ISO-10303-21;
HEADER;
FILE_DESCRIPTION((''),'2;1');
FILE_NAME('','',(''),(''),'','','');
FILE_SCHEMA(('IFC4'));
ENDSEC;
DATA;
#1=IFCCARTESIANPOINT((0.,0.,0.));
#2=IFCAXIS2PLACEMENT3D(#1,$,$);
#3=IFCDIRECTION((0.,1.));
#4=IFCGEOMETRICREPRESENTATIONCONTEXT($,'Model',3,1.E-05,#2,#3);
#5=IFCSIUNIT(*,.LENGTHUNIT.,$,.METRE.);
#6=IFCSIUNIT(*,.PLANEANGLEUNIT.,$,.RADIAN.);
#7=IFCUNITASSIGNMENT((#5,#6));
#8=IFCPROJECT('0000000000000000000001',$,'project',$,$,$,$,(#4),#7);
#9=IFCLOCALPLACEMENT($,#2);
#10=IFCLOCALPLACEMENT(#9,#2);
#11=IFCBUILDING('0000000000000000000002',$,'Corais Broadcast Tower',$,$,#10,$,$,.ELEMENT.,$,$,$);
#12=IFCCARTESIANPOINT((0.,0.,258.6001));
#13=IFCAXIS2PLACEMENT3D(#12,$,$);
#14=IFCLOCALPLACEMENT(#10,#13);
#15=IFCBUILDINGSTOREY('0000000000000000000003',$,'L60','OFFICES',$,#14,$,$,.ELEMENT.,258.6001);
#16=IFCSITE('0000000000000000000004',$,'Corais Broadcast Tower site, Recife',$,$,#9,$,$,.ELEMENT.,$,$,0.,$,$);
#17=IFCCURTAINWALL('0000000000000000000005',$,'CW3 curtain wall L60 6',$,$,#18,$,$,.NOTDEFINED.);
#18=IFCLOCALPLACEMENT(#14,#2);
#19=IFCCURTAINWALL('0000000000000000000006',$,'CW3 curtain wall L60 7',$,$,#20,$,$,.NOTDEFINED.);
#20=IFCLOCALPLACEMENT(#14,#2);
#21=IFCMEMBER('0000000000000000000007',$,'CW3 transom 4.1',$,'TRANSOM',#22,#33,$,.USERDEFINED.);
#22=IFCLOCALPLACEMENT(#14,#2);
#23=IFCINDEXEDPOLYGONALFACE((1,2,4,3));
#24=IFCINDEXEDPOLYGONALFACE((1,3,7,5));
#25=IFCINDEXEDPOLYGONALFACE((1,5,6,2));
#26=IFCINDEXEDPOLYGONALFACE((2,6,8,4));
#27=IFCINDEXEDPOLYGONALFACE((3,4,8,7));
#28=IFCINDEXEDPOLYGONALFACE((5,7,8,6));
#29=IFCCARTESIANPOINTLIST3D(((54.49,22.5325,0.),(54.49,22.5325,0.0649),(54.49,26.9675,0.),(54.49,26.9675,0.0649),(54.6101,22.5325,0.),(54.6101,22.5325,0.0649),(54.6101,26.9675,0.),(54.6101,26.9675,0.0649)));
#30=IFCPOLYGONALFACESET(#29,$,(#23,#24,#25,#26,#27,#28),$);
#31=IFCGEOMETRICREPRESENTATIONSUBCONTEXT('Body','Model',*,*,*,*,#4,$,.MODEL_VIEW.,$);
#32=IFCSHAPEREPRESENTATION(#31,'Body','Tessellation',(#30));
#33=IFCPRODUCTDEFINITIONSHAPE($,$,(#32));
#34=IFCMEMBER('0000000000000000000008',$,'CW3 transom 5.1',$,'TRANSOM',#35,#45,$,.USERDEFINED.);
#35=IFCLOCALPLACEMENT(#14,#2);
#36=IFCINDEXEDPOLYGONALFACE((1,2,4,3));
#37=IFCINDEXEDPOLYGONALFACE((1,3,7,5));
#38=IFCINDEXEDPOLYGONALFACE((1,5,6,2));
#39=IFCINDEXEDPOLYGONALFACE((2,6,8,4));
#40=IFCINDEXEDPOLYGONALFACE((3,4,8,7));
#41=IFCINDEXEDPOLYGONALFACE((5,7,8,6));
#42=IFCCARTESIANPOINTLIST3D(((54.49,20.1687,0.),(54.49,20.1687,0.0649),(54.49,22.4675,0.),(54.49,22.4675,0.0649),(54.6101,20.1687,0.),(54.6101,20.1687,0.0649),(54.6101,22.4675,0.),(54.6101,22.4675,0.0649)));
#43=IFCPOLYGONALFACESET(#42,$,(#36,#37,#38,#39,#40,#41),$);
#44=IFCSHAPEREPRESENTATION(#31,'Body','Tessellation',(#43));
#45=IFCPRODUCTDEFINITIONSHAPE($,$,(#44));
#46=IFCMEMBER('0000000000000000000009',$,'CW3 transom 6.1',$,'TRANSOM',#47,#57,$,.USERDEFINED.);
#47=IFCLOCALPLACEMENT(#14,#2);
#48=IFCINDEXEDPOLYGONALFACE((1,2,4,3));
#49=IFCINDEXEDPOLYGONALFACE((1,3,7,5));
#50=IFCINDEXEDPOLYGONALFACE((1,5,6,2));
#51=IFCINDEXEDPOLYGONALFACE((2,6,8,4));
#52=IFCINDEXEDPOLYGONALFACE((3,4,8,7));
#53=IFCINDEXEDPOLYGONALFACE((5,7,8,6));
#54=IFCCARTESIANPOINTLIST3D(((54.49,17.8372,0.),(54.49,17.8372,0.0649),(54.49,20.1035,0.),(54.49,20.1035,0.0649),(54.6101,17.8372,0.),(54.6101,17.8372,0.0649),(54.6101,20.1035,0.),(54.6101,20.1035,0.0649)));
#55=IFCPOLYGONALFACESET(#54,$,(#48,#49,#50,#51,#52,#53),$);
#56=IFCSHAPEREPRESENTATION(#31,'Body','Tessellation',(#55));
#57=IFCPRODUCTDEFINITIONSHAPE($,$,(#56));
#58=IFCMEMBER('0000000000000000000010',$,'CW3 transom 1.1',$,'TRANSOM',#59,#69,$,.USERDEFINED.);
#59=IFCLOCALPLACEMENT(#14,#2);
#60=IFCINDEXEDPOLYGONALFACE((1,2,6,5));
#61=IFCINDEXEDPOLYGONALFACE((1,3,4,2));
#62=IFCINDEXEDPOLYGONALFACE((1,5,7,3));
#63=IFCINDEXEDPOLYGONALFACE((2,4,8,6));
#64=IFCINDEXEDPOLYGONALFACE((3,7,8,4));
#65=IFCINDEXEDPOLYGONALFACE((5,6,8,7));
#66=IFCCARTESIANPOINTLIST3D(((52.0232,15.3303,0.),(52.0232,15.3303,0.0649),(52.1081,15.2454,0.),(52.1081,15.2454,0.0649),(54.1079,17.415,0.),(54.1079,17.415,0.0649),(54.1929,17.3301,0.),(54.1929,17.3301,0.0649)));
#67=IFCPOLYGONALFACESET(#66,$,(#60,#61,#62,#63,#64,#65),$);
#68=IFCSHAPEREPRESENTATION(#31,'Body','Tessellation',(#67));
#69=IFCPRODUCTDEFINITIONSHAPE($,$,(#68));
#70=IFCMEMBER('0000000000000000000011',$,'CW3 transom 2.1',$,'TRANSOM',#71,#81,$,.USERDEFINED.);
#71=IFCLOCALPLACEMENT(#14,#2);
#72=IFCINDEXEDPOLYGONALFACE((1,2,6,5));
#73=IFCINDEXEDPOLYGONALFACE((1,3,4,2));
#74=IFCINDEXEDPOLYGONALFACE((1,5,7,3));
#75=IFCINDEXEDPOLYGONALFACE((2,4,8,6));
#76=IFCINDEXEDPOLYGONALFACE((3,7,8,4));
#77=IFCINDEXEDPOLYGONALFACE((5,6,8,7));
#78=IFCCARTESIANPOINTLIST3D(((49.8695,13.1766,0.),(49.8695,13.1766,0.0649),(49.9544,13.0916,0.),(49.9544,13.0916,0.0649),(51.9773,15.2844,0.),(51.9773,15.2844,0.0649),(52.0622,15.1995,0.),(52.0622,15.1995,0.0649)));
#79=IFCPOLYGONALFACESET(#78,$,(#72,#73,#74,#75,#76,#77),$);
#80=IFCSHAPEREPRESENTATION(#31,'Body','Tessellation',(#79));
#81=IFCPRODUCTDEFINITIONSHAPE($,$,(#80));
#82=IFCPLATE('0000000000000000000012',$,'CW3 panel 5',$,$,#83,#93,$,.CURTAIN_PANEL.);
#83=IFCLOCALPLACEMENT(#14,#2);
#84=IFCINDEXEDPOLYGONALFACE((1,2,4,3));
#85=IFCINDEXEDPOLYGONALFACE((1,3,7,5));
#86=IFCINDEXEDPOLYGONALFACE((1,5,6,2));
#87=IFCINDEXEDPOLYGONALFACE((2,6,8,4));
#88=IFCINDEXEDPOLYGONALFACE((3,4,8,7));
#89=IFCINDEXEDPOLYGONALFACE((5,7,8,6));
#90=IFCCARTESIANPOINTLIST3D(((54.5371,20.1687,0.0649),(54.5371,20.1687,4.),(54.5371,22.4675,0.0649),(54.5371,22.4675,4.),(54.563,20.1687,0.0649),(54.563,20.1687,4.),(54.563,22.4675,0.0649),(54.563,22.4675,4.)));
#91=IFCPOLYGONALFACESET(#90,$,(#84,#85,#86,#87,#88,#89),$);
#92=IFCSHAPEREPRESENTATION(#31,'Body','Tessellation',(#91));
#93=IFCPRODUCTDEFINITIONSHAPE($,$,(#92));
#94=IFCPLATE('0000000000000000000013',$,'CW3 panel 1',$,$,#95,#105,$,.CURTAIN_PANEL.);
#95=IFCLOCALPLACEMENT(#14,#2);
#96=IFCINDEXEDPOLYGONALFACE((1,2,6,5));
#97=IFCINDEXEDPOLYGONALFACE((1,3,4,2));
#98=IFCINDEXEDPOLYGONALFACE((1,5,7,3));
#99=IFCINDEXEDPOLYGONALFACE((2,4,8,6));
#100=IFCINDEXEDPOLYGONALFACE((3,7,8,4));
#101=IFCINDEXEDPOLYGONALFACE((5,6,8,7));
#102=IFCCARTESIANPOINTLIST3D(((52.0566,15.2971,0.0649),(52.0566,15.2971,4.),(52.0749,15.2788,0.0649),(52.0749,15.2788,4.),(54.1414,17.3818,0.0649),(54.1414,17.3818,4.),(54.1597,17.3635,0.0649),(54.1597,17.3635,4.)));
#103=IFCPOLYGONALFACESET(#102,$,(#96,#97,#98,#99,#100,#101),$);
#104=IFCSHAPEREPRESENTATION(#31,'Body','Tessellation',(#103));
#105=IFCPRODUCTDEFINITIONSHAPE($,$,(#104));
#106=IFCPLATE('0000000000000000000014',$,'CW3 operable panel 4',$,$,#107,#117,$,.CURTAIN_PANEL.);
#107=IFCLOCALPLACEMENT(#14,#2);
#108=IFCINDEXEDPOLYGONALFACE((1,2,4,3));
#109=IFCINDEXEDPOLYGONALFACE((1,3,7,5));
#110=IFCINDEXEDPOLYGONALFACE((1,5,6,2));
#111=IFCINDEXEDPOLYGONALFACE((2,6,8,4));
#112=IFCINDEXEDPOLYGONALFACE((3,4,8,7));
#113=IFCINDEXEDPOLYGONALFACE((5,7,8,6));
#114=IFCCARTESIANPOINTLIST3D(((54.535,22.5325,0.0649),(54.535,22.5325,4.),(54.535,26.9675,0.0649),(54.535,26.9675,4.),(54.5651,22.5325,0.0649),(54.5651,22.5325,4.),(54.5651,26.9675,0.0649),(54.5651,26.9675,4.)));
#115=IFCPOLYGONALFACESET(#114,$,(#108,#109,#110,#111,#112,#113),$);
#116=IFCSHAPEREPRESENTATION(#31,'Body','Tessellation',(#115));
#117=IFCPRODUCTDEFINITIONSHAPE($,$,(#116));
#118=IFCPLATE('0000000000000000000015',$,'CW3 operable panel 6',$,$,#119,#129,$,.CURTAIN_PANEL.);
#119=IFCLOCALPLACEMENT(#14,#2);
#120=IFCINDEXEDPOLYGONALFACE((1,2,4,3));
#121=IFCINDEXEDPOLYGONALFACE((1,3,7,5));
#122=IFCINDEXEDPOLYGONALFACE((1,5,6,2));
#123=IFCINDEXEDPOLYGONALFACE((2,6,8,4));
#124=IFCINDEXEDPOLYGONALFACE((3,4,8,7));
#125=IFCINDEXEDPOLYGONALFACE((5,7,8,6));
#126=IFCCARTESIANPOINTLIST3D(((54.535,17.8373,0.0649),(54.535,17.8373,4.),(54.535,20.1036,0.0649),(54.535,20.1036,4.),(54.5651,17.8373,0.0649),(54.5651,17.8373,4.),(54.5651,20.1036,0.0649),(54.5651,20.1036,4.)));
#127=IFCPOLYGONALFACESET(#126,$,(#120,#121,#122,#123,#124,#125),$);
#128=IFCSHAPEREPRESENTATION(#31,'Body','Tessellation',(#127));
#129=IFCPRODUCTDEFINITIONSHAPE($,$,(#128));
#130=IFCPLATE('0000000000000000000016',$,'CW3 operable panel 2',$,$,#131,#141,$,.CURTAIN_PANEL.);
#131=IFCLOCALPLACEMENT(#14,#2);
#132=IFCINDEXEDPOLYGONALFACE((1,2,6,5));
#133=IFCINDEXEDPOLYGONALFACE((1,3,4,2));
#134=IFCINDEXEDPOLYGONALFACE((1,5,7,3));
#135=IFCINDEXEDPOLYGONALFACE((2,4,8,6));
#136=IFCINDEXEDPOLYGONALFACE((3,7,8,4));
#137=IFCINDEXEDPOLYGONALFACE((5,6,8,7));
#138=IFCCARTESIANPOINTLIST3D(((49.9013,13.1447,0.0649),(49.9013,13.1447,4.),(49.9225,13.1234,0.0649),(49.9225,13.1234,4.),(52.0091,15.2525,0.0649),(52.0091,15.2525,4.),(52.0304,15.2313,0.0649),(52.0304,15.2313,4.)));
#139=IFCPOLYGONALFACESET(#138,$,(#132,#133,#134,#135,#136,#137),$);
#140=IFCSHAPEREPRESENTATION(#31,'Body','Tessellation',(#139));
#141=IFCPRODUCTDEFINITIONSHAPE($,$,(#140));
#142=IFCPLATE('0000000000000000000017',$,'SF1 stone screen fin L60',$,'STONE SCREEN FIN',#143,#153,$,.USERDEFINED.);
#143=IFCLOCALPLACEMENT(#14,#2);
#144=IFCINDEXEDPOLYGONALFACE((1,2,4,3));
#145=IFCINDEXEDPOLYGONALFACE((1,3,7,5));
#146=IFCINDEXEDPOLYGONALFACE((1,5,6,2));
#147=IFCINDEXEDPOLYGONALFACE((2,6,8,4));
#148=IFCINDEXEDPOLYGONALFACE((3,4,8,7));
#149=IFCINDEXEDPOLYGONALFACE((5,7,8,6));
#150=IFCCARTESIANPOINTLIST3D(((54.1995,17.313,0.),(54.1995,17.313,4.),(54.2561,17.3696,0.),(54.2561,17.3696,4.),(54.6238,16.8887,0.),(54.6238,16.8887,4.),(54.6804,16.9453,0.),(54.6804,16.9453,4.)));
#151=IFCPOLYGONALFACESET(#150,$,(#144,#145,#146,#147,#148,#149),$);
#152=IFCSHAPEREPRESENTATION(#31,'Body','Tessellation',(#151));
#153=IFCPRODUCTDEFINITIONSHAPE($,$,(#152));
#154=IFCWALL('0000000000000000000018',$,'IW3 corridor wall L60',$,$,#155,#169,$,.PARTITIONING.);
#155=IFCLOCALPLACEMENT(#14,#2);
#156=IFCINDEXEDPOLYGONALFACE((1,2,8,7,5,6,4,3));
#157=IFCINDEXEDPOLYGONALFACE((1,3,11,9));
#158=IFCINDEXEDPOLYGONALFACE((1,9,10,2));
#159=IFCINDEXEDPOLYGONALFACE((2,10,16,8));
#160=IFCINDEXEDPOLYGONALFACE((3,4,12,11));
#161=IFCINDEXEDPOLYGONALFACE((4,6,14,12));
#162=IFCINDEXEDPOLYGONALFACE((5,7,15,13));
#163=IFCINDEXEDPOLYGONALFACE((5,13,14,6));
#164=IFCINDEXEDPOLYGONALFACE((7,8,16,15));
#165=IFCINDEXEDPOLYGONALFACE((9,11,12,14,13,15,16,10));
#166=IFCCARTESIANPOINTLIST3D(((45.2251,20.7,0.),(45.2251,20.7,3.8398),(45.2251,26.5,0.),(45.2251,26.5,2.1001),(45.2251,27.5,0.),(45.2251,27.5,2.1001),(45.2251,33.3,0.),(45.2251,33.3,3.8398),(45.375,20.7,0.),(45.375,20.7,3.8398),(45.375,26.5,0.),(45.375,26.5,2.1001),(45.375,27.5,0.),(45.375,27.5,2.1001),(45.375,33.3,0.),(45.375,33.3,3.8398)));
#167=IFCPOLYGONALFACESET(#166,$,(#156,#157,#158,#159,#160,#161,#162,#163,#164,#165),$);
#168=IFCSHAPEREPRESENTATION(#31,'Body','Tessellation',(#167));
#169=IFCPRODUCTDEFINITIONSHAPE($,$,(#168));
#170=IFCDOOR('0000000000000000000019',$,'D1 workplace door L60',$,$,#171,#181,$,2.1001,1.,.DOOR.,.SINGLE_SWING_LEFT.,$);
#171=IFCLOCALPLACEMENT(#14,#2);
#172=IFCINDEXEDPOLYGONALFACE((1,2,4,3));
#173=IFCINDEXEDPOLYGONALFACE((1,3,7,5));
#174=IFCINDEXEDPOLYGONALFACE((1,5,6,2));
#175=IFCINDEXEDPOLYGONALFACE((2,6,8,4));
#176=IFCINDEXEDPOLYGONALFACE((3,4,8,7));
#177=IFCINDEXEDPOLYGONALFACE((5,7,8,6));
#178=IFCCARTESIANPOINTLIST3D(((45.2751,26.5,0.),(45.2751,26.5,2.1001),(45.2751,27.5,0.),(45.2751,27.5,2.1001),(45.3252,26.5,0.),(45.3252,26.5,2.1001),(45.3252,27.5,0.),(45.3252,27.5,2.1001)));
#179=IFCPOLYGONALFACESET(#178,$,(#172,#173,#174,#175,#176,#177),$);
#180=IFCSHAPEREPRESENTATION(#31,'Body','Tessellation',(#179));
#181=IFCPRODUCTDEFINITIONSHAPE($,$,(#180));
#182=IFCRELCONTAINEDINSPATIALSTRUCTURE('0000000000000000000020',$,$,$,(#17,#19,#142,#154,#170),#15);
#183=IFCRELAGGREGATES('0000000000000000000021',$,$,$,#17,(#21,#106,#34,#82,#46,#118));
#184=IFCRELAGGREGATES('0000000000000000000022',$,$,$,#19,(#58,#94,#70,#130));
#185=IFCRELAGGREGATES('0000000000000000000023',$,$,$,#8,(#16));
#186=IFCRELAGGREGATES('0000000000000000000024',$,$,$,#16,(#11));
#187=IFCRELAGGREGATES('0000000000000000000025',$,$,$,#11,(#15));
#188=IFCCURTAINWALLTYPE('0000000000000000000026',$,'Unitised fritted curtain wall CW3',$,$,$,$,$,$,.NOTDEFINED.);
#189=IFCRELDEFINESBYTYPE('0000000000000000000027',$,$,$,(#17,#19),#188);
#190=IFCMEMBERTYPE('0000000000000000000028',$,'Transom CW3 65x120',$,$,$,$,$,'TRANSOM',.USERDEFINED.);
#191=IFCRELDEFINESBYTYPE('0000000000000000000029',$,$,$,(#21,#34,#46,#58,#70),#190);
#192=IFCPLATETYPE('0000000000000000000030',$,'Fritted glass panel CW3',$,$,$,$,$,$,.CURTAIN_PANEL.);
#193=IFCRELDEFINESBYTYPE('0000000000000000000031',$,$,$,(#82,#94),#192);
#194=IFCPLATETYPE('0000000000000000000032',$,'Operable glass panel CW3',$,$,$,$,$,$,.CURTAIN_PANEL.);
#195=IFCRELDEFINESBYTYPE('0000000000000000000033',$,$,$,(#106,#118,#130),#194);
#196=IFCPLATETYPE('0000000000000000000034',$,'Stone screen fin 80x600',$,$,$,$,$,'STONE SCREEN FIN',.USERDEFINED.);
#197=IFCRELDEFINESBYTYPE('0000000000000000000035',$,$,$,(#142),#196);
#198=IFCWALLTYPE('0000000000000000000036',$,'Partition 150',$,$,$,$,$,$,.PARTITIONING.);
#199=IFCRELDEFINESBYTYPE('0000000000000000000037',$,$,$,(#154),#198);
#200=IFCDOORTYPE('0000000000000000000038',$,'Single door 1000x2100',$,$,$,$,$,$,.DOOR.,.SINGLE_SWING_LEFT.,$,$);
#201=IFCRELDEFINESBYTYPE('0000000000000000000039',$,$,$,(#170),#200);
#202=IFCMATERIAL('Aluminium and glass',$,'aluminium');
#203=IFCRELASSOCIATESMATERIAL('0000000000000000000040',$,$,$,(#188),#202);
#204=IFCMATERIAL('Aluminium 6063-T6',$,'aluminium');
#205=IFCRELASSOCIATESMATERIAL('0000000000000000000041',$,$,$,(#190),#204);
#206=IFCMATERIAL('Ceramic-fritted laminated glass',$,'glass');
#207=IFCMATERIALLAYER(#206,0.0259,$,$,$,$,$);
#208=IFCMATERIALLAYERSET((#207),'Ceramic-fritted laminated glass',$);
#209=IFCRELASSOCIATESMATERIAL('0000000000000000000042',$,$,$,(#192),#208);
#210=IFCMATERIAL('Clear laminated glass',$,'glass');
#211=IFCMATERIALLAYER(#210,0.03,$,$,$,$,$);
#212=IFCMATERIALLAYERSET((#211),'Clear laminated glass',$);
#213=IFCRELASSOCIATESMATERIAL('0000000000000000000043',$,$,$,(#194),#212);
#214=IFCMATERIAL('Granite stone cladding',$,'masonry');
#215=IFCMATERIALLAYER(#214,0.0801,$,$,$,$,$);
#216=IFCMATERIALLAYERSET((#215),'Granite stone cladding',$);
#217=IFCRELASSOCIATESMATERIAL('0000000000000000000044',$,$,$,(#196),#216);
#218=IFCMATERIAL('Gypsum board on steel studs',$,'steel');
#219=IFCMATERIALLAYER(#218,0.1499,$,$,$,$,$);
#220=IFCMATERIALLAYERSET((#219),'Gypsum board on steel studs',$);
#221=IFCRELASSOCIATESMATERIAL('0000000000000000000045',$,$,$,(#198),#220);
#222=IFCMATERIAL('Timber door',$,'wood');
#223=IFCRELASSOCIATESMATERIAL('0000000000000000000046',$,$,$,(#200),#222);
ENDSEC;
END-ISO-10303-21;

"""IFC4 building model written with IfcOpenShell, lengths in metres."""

from ifc_helpers import new_model, si_unit, direction, frame, frame_2d, origin, origin_2d, place, context, subcontext, project, spatial, rectangle, extrude, material, layer, layer_set, material_profile, profile_set, type_object, element, fill, aggregate, save


model = new_model("IFC4")

# Units and contexts
model_context = context("Model", 3, precision=1e-05, world=origin(), true_north=direction((0.0, 1.0)))
body_context = subcontext(model_context, "Body", "Model", "MODEL_VIEW")
ifc_project = project(units=[si_unit("LENGTHUNIT", "METRE"), si_unit("PLANEANGLEUNIT", "RADIAN")], contexts=[model_context])

# Site, building, storey
site_placement = place(None, origin())
site = spatial("IfcSite", under=ifc_project, at=site_placement, Name="Corais Broadcast Tower site, Recife", CompositionType="ELEMENT", RefElevation=0.0)
building_placement = place(site_placement, origin())
building = spatial("IfcBuilding", under=site, at=building_placement, Name="Corais Broadcast Tower", CompositionType="ELEMENT")
storey_placement = place(building_placement, frame((0.0, 0.0, 258.6001)))
storey = spatial("IfcBuildingStorey", under=building, at=storey_placement, Name="L60", Description="OFFICES", CompositionType="ELEMENT", Elevation=258.6001)

# Curtain walls
ifc_material_1 = material(Name="Aluminium and glass", Category="aluminium")
curtain_wall_type = type_object("IfcCurtainWallType", Name="Unitised fritted curtain wall CW3", PredefinedType="NOTDEFINED", material=ifc_material_1)
curtain_wall_1_placement = place(storey_placement, origin())
curtain_wall_1 = element("IfcCurtainWall", 1, at=curtain_wall_1_placement, inside=storey, type_object=curtain_wall_type, Name="CW3 curtain wall L60 6", PredefinedType="NOTDEFINED")
curtain_wall_2_placement = place(storey_placement, origin())
curtain_wall_2 = element("IfcCurtainWall", 2, at=curtain_wall_2_placement, inside=storey, type_object=curtain_wall_type, Name="CW3 curtain wall L60 7", PredefinedType="NOTDEFINED")

# Members
ifc_material_2 = material(Name="Aluminium 6063-T6", Category="aluminium")
ifc_material_profile_1 = material_profile(ifc_material_2, rectangle(XDim=0.1201, YDim=0.0649, at=origin_2d()), Name="Transom CW3 65x120")
ifc_profile_set_1 = profile_set([ifc_material_profile_1], Name="Aluminium 6063-T6")
member_type_1 = type_object("IfcMemberType", Name="Transom CW3 65x120", ElementType="TRANSOM", PredefinedType="USERDEFINED", material=ifc_profile_set_1)
member_1_placement = place(storey_placement, frame((54.55, 26.9675, 0.0325), z_axis=(0.0, -1.0, 0.0), x_axis=(1.0, 0.0, 0.0)))
member_1 = element("IfcMember", 3, at=member_1_placement, type_object=member_type_1, Name="CW3 transom 4.1", ObjectType="TRANSOM", PredefinedType="USERDEFINED", context=body_context, shape_type="SweptSolid", body=[
    extrude(rectangle(XDim=0.1201, YDim=0.0649, at=origin_2d()), origin(), (0.0, 0.0, 1.0), 4.4351),
])
member_2_placement = place(storey_placement, frame((54.55, 22.4675, 0.0325), z_axis=(0.0, -1.0, 0.0), x_axis=(1.0, 0.0, 0.0)))
member_2 = element("IfcMember", 4, at=member_2_placement, type_object=member_type_1, Name="CW3 transom 5.1", ObjectType="TRANSOM", PredefinedType="USERDEFINED", context=body_context, shape_type="SweptSolid", body=[
    extrude(rectangle(XDim=0.1201, YDim=0.0649, at=origin_2d()), origin(), (0.0, 0.0, 1.0), 2.2988),
])
member_3_placement = place(storey_placement, frame((54.55, 20.1035, 0.0325), z_axis=(0.0, -1.0, 0.0), x_axis=(1.0, 0.0, 0.0)))
member_3 = element("IfcMember", 5, at=member_3_placement, type_object=member_type_1, Name="CW3 transom 6.1", ObjectType="TRANSOM", PredefinedType="USERDEFINED", context=body_context, shape_type="SweptSolid", body=[
    extrude(rectangle(XDim=0.1201, YDim=0.0649, at=origin_2d()), origin(), (0.0, 0.0, 1.0), 2.2664),
])
member_4_placement = place(storey_placement, frame((54.1504, 17.3726, 0.0325), z_axis=(-0.707107, -0.707107, 0.0), x_axis=(0.707107, -0.707107, 0.0)))
member_4 = element("IfcMember", 6, at=member_4_placement, type_object=member_type_1, Name="CW3 transom 1.1", ObjectType="TRANSOM", PredefinedType="USERDEFINED", context=body_context, shape_type="SweptSolid", body=[
    extrude(rectangle(XDim=0.1201, YDim=0.0649, at=origin_2d()), origin(), (0.0, 0.0, 1.0), 2.9482),
])
member_5_placement = place(storey_placement, frame((52.0198, 15.2419, 0.0325), z_axis=(-0.707107, -0.707107, 0.0), x_axis=(0.707107, -0.707107, 0.0)))
member_5 = element("IfcMember", 7, at=member_5_placement, type_object=member_type_1, Name="CW3 transom 2.1", ObjectType="TRANSOM", PredefinedType="USERDEFINED", context=body_context, shape_type="SweptSolid", body=[
    extrude(rectangle(XDim=0.1201, YDim=0.0649, at=origin_2d()), origin(), (0.0, 0.0, 1.0), 2.981),
])

# Plates
ifc_material_3 = material(Name="Ceramic-fritted laminated glass", Category="glass")
ifc_layer_1 = layer(ifc_material_3, 0.0259)
ifc_layer_set_1 = layer_set([ifc_layer_1], Name="Ceramic-fritted laminated glass")
plate_type_1 = type_object("IfcPlateType", Name="Fritted glass panel CW3", PredefinedType="CURTAIN_PANEL", material=ifc_layer_set_1)
plate_1_placement = place(storey_placement, frame((54.55, 21.3181, 0.0649), z_axis=(0.0, 0.0, 1.0), x_axis=(0.0, -1.0, 0.0)))
plate_1 = element("IfcPlate", 8, at=plate_1_placement, type_object=plate_type_1, Name="CW3 panel 5", PredefinedType="CURTAIN_PANEL", context=body_context, shape_type="SweptSolid", body=[
    extrude(rectangle(XDim=2.2988, YDim=0.0259, at=origin_2d()), origin(), (0.0, 0.0, 1.0), 3.9351),
])
plate_2_placement = place(storey_placement, frame((53.1082, 16.3303, 0.0649), z_axis=(0.0, 0.0, 1.0), x_axis=(-0.707107, -0.707107, 0.0)))
plate_2 = element("IfcPlate", 9, at=plate_2_placement, type_object=plate_type_1, Name="CW3 panel 1", PredefinedType="CURTAIN_PANEL", context=body_context, shape_type="SweptSolid", body=[
    extrude(rectangle(XDim=2.9482, YDim=0.0259, at=origin_2d()), origin(), (0.0, 0.0, 1.0), 3.9351),
])
ifc_material_4 = material(Name="Clear laminated glass", Category="glass")
ifc_layer_2 = layer(ifc_material_4, 0.03)
ifc_layer_set_2 = layer_set([ifc_layer_2], Name="Clear laminated glass")
plate_type_2 = type_object("IfcPlateType", Name="Operable glass panel CW3", PredefinedType="CURTAIN_PANEL", material=ifc_layer_set_2)
plate_3_placement = place(storey_placement, frame((54.55, 24.75, 0.0649), z_axis=(0.0, 0.0, 1.0), x_axis=(0.0, -1.0, 0.0)))
plate_3 = element("IfcPlate", 10, at=plate_3_placement, type_object=plate_type_2, Name="CW3 operable panel 4", PredefinedType="CURTAIN_PANEL", context=body_context, shape_type="SweptSolid", body=[
    extrude(rectangle(XDim=4.4351, YDim=0.03, at=origin_2d()), origin(), (0.0, 0.0, 1.0), 3.9351),
])
plate_4_placement = place(storey_placement, frame((54.55, 18.9705, 0.0649), z_axis=(0.0, 0.0, 1.0), x_axis=(0.0, -1.0, 0.0)))
plate_4 = element("IfcPlate", 11, at=plate_4_placement, type_object=plate_type_2, Name="CW3 operable panel 6", PredefinedType="CURTAIN_PANEL", context=body_context, shape_type="SweptSolid", body=[
    extrude(rectangle(XDim=2.2664, YDim=0.03, at=origin_2d()), origin(), (0.0, 0.0, 1.0), 3.9351),
])
aggregate(curtain_wall_1, [member_1, plate_3, member_2, plate_1, member_3, plate_4])
plate_5_placement = place(storey_placement, frame((50.9658, 14.188, 0.0649), z_axis=(0.0, 0.0, 1.0), x_axis=(-0.707107, -0.707107, 0.0)))
plate_5 = element("IfcPlate", 12, at=plate_5_placement, type_object=plate_type_2, Name="CW3 operable panel 2", PredefinedType="CURTAIN_PANEL", context=body_context, shape_type="SweptSolid", body=[
    extrude(rectangle(XDim=2.981, YDim=0.03, at=origin_2d()), origin(), (0.0, 0.0, 1.0), 3.9351),
])
aggregate(curtain_wall_2, [member_4, plate_2, member_5, plate_5])
ifc_material_5 = material(Name="Granite stone cladding", Category="masonry")
ifc_layer_3 = layer(ifc_material_5, 0.0801)
ifc_layer_set_3 = layer_set([ifc_layer_3], Name="Granite stone cladding")
plate_type_3 = type_object("IfcPlateType", Name="Stone screen fin 80x600", ElementType="STONE SCREEN FIN", PredefinedType="USERDEFINED", material=ifc_layer_set_3)
plate_6_placement = place(storey_placement, frame((54.4399, 17.1292, 0.0), z_axis=(0.0, 0.0, 1.0), x_axis=(-0.707107, -0.707107, 0.0)))
element("IfcPlate", 13, at=plate_6_placement, inside=storey, type_object=plate_type_3, Name="SF1 stone screen fin L60", ObjectType="STONE SCREEN FIN", PredefinedType="USERDEFINED", context=body_context, shape_type="SweptSolid", body=[
    extrude(rectangle(XDim=0.0801, YDim=0.6001, at=origin_2d()), origin(), (0.0, 0.0, 1.0), 4.0),
])

# Wall, opening, door
ifc_material_6 = material(Name="Gypsum board on steel studs", Category="steel")
ifc_layer_4 = layer(ifc_material_6, 0.1499)
ifc_layer_set_4 = layer_set([ifc_layer_4], Name="Gypsum board on steel studs")
wall_type = type_object("IfcWallType", Name="Partition 150", PredefinedType="PARTITIONING", material=ifc_layer_set_4)
wall_1_placement = place(storey_placement, frame((45.3, 20.7, 0.0), z_axis=(0.0, 0.0, 1.0), x_axis=(0.0, 1.0, 0.0)))
wall_1 = element("IfcWall", 14, at=wall_1_placement, inside=storey, type_object=wall_type, Name="IW3 corridor wall L60", PredefinedType="PARTITIONING", context=body_context, shape_type="SweptSolid", body=[
    extrude(rectangle(XDim=12.6001, YDim=0.1499, at=frame_2d((6.3, 0.0))), origin(), (0.0, 0.0, 1.0), 3.8398),
])
opening_placement = place(wall_1_placement, frame((5.8, 0.0, 0.0)))
opening = element("IfcOpeningElement", 15, at=opening_placement, cuts=wall_1, PredefinedType="OPENING", context=body_context, shape_type="SweptSolid", body=[
    extrude(rectangle(XDim=1.0, YDim=2.1001, at=frame_2d((0.5, 1.05))), frame((0.0, 0.085, 0.0), z_axis=(0.0, -1.0, 0.0), x_axis=(1.0, 0.0, 0.0)), (0.0, 0.0, 1.0), 0.1699),
])
ifc_material_7 = material(Name="Timber door", Category="wood")
door_type = type_object("IfcDoorType", Name="Single door 1000x2100", OperationType="SINGLE_SWING_LEFT", PredefinedType="DOOR", material=ifc_material_7)
door_placement = place(opening_placement, origin())
door = element("IfcDoor", 16, at=door_placement, inside=storey, type_object=door_type, Name="D1 workplace door L60", OperationType="SINGLE_SWING_LEFT", OverallHeight=2.1001, OverallWidth=1.0, PredefinedType="DOOR", context=body_context, shape_type="SweptSolid", body=[
    extrude(rectangle(XDim=1.0, YDim=2.1001, at=frame_2d((0.5, 1.05))), frame((0.0, 0.0249, 0.0), z_axis=(0.0, -1.0, 0.0), x_axis=(1.0, 0.0, 0.0)), (0.0, 0.0, 1.0), 0.05),
])
fill(opening, door)

save(model, "model.ifc")
